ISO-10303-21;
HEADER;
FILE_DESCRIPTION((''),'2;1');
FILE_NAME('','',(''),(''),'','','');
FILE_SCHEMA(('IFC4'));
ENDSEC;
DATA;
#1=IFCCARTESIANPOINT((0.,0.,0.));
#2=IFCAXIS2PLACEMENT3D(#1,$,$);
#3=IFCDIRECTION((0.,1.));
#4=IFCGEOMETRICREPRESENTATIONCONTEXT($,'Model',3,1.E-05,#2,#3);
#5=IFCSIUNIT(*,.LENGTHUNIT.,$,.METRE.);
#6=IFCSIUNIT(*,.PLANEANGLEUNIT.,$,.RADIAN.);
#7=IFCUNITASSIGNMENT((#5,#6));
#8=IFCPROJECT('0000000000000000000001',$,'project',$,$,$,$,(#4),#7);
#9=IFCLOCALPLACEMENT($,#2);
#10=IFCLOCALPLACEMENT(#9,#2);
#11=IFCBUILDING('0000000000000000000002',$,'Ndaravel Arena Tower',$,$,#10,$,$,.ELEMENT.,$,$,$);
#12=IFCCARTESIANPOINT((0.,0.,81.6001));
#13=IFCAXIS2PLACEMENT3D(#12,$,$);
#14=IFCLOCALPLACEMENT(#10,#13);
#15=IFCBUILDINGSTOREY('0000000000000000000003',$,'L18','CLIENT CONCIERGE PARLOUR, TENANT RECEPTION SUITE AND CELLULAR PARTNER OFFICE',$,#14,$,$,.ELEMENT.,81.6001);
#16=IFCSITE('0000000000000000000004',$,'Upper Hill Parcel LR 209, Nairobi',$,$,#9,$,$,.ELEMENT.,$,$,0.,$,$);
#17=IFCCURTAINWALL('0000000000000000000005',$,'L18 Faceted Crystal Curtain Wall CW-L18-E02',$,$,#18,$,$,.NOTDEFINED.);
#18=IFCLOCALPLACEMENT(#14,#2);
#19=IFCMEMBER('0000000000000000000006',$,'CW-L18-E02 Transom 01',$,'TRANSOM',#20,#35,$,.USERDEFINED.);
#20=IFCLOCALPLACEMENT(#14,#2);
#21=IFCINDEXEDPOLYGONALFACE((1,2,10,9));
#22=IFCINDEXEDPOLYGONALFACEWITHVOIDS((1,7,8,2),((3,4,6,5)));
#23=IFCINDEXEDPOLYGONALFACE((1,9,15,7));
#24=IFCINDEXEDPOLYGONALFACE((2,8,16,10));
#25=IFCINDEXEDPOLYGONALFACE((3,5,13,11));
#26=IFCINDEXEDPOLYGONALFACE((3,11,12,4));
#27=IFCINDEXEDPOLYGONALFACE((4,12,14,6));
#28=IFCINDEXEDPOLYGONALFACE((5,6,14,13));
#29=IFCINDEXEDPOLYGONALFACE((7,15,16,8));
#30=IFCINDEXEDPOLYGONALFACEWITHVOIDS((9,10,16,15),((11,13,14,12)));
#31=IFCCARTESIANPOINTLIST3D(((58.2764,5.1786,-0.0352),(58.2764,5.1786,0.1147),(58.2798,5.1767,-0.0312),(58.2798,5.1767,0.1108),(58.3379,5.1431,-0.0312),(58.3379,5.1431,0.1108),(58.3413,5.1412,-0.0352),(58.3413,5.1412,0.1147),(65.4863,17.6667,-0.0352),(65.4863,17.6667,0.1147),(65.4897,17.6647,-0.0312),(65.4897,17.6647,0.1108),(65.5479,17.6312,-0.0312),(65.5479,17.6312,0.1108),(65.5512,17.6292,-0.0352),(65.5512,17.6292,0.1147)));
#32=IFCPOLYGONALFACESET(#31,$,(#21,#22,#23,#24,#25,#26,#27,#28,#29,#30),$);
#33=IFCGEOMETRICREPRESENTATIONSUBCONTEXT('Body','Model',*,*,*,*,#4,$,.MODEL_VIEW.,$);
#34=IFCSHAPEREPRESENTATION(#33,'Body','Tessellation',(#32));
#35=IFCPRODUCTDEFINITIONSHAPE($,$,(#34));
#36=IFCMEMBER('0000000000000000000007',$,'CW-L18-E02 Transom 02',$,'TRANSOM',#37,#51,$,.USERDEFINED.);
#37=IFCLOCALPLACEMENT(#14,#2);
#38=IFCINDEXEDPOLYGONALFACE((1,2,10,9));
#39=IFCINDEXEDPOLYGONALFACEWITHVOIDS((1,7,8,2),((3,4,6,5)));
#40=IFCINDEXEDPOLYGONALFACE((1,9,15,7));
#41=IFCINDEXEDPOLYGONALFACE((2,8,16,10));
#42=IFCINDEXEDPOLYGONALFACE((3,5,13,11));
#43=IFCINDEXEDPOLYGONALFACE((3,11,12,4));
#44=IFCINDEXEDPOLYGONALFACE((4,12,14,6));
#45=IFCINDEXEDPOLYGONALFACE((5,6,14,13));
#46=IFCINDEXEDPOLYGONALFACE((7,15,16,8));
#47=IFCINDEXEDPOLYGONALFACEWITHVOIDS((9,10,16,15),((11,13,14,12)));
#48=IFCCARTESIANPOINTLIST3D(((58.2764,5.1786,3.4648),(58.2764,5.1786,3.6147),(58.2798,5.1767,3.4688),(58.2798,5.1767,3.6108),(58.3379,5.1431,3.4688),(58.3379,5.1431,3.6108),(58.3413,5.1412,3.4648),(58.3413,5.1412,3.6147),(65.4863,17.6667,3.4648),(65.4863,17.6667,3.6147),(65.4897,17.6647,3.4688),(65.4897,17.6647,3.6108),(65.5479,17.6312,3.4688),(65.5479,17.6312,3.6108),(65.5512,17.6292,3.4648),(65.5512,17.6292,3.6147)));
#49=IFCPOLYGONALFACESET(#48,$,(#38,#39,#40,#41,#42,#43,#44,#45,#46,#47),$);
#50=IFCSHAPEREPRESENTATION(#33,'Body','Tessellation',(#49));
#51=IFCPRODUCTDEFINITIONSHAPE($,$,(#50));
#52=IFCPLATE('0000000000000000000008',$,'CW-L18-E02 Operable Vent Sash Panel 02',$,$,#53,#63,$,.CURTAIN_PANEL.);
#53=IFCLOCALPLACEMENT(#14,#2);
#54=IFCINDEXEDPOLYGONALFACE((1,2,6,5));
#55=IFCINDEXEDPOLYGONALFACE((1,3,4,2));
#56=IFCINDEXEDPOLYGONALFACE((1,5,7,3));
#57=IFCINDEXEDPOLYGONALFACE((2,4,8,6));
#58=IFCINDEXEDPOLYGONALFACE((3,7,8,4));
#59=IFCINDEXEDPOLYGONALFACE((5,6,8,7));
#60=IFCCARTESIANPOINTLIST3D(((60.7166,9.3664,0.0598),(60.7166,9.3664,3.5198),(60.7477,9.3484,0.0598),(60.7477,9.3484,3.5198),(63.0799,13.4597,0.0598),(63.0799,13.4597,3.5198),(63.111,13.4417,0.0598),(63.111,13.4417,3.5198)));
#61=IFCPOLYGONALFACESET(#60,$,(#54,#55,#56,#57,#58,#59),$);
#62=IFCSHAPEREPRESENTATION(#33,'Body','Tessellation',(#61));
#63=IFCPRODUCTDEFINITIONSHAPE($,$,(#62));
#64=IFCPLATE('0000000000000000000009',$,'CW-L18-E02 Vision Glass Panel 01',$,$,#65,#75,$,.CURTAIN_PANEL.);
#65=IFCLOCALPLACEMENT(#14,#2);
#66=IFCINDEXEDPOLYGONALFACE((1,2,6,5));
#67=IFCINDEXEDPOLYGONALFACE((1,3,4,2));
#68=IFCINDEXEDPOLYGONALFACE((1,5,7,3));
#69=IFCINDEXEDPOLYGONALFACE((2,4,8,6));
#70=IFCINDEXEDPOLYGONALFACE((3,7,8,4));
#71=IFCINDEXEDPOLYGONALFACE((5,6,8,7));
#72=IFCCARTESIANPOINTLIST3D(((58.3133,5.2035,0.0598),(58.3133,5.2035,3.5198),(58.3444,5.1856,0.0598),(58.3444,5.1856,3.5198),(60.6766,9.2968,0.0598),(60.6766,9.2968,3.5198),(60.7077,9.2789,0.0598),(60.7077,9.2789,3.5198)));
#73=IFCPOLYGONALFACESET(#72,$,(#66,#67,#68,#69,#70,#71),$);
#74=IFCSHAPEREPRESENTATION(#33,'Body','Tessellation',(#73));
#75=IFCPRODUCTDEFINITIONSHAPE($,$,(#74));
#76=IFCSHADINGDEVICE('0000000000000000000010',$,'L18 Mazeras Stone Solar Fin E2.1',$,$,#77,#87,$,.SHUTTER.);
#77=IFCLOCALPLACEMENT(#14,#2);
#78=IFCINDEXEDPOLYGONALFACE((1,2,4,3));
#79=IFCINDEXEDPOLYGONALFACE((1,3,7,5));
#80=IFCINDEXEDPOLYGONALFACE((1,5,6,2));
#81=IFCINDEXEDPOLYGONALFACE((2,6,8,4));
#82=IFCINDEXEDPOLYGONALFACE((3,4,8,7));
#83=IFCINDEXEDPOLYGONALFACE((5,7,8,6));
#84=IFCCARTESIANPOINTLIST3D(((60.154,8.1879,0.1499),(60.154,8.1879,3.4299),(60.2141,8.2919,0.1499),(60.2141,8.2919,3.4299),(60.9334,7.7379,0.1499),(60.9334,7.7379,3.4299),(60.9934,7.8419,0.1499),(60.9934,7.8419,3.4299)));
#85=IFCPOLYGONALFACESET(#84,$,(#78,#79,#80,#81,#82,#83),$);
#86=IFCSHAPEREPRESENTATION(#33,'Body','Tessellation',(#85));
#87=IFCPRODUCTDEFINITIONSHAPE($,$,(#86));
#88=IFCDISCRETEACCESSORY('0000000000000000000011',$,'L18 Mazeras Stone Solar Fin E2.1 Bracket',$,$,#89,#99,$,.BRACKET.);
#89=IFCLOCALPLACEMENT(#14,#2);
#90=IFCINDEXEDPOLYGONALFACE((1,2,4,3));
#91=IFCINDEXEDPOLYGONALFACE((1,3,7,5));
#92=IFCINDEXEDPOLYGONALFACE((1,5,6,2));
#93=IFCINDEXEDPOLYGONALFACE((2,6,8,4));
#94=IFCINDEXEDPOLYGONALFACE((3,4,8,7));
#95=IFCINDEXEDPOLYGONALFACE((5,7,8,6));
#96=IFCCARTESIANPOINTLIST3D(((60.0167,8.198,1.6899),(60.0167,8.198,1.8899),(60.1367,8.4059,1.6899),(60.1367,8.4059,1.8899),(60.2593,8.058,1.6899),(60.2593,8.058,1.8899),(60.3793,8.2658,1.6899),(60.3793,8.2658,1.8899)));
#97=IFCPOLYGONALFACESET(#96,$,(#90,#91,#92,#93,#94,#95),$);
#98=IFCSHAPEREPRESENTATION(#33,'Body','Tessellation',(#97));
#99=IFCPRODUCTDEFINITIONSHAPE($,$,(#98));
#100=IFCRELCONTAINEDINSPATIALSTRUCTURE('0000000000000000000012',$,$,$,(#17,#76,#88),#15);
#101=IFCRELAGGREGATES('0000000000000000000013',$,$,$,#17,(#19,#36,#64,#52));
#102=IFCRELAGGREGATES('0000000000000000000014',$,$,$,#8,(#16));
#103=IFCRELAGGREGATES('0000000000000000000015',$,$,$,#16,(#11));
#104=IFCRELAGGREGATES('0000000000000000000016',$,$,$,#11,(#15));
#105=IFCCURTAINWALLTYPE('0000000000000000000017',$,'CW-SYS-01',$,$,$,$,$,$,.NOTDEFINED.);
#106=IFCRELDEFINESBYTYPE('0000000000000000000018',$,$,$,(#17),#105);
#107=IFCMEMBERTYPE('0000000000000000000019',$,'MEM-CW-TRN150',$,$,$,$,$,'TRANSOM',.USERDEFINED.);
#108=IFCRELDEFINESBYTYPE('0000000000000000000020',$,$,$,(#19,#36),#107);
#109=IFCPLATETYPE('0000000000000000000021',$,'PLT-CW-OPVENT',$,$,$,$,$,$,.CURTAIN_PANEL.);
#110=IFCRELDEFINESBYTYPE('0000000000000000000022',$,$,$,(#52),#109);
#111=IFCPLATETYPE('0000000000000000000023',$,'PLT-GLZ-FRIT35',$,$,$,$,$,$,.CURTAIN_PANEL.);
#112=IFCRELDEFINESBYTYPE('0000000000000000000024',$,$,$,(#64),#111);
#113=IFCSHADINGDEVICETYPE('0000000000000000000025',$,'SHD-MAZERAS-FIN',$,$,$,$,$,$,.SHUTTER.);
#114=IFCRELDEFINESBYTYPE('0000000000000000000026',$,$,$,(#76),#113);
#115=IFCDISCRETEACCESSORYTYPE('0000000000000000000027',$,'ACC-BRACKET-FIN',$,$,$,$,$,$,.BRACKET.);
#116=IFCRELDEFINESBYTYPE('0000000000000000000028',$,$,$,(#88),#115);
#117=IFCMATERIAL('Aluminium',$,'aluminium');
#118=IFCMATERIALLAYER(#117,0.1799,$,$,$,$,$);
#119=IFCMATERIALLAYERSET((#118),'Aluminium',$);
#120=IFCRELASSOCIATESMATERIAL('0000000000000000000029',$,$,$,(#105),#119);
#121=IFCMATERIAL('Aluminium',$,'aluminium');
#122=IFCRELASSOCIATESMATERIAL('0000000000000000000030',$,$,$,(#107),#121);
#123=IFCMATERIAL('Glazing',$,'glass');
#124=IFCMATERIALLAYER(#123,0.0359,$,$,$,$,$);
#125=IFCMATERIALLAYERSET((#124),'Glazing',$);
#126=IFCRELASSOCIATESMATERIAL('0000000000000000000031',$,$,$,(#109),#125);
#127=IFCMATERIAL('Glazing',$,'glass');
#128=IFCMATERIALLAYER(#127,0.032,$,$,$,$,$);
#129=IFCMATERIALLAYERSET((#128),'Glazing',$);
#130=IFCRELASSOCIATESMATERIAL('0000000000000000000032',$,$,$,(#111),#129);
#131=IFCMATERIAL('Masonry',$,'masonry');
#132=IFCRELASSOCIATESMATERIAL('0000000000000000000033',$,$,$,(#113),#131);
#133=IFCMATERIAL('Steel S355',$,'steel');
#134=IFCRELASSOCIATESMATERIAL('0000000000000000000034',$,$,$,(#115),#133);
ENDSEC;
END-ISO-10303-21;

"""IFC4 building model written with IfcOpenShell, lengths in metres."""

from ifc_helpers import new_model, si_unit, direction, frame, origin, origin_2d, place, context, subcontext, project, spatial, rectangle, hollow_rectangle, extrude, material, layer, layer_set, material_profile, profile_set, type_object, element, aggregate, save


model = new_model("IFC4")

# Units and contexts
model_context = context("Model", 3, precision=1e-05, world=origin(), true_north=direction((0.0, 1.0)))
body_context = subcontext(model_context, "Body", "Model", "MODEL_VIEW")
ifc_project = project(units=[si_unit("LENGTHUNIT", "METRE"), si_unit("PLANEANGLEUNIT", "RADIAN")], contexts=[model_context])

# Site, building, storey
site_placement = place(None, origin())
site = spatial("IfcSite", under=ifc_project, at=site_placement, Name="Upper Hill Parcel LR 209, Nairobi", CompositionType="ELEMENT", RefElevation=0.0)
building_placement = place(site_placement, origin())
building = spatial("IfcBuilding", under=site, at=building_placement, Name="Ndaravel Arena Tower", CompositionType="ELEMENT")
storey_placement = place(building_placement, frame((0.0, 0.0, 81.6001)))
storey = spatial("IfcBuildingStorey", under=building, at=storey_placement, Name="L18", Description="CLIENT CONCIERGE PARLOUR, TENANT RECEPTION SUITE AND CELLULAR PARTNER OFFICE", CompositionType="ELEMENT", Elevation=81.6001)

# Curtain wall, members, plates
ifc_material_1 = material(Name="Aluminium", Category="aluminium")
ifc_layer_1 = layer(ifc_material_1, 0.1799)
ifc_layer_set_1 = layer_set([ifc_layer_1], Name="Aluminium")
curtain_wall_type = type_object("IfcCurtainWallType", Name="CW-SYS-01", PredefinedType="NOTDEFINED", material=ifc_layer_set_1)
curtain_wall_placement = place(storey_placement, origin())
curtain_wall = element("IfcCurtainWall", 1, at=curtain_wall_placement, inside=storey, type_object=curtain_wall_type, Name="L18 Faceted Crystal Curtain Wall CW-L18-E02", PredefinedType="NOTDEFINED")
ifc_material_2 = material(Name="Aluminium", Category="aluminium")
ifc_material_profile_1 = material_profile(ifc_material_2, hollow_rectangle(XDim=0.075, YDim=0.1499, WallThickness=0.0039, at=origin_2d()), Name="CW TRANSOM 75x150x4")
ifc_profile_set_1 = profile_set([ifc_material_profile_1], Name="Aluminium")
member_type_1 = type_object("IfcMemberType", Name="MEM-CW-TRN150", ElementType="TRANSOM", PredefinedType="USERDEFINED", material=ifc_profile_set_1)
member_1_placement = place(storey_placement, frame((58.3088, 5.1599, 0.0398), z_axis=(0.499999, 0.866026, 0.0), x_axis=(-0.866026, 0.499999, 0.0)))
member_1 = element("IfcMember", 2, at=member_1_placement, type_object=member_type_1, Name="CW-L18-E02 Transom 01", ObjectType="TRANSOM", PredefinedType="USERDEFINED", context=body_context, shape_type="SweptSolid", body=[
    extrude(hollow_rectangle(XDim=0.075, YDim=0.1499, WallThickness=0.0039, at=origin_2d()), origin(), (0.0, 0.0, 1.0), 14.4199),
])
member_2_placement = place(storey_placement, frame((58.3088, 5.1599, 3.5398), z_axis=(0.499999, 0.866026, 0.0), x_axis=(-0.866026, 0.499999, 0.0)))
member_2 = element("IfcMember", 3, at=member_2_placement, type_object=member_type_1, Name="CW-L18-E02 Transom 02", ObjectType="TRANSOM", PredefinedType="USERDEFINED", context=body_context, shape_type="SweptSolid", body=[
    extrude(hollow_rectangle(XDim=0.075, YDim=0.1499, WallThickness=0.0039, at=origin_2d()), origin(), (0.0, 0.0, 1.0), 14.4199),
])
ifc_material_3 = material(Name="Glazing", Category="glass")
ifc_layer_2 = layer(ifc_material_3, 0.0359)
ifc_layer_set_2 = layer_set([ifc_layer_2], Name="Glazing")
plate_type_1 = type_object("IfcPlateType", Name="PLT-CW-OPVENT", PredefinedType="CURTAIN_PANEL", material=ifc_layer_set_2)
plate_1_placement = place(storey_placement, frame((61.9138, 11.4041, 0.0598), z_axis=(0.0, 0.0, 1.0), x_axis=(0.5, 0.866025, 0.0)))
plate_1 = element("IfcPlate", 4, at=plate_1_placement, type_object=plate_type_1, Name="CW-L18-E02 Operable Vent Sash Panel 02", PredefinedType="CURTAIN_PANEL", context=body_context, shape_type="SweptSolid", body=[
    extrude(rectangle(XDim=4.7266, YDim=0.0359, at=origin_2d()), origin(), (0.0, 0.0, 1.0), 3.46),
])
ifc_material_4 = material(Name="Glazing", Category="glass")
ifc_layer_3 = layer(ifc_material_4, 0.032)
ifc_layer_set_3 = layer_set([ifc_layer_3], Name="Glazing")
plate_type_2 = type_object("IfcPlateType", Name="PLT-GLZ-FRIT35", PredefinedType="CURTAIN_PANEL", material=ifc_layer_set_3)
plate_2_placement = place(storey_placement, frame((59.5105, 7.2412, 0.0598), z_axis=(0.0, 0.0, 1.0), x_axis=(0.5, 0.866025, 0.0)))
plate_2 = element("IfcPlate", 5, at=plate_2_placement, type_object=plate_type_2, Name="CW-L18-E02 Vision Glass Panel 01", PredefinedType="CURTAIN_PANEL", context=body_context, shape_type="SweptSolid", body=[
    extrude(rectangle(XDim=4.7266, YDim=0.0359, at=origin_2d()), origin(), (0.0, 0.0, 1.0), 3.46),
])
aggregate(curtain_wall, [member_1, member_2, plate_2, plate_1])

# Shading device
ifc_material_5 = material(Name="Masonry", Category="masonry")
shading_device_type = type_object("IfcShadingDeviceType", Name="SHD-MAZERAS-FIN", PredefinedType="SHUTTER", material=ifc_material_5)
shading_device_placement = place(storey_placement, frame((60.5737, 8.0149, 0.1499), z_axis=(0.0, 0.0, 1.0), x_axis=(0.866025, -0.5, 0.0)))
element("IfcShadingDevice", 6, at=shading_device_placement, inside=storey, type_object=shading_device_type, Name="L18 Mazeras Stone Solar Fin E2.1", PredefinedType="SHUTTER", context=body_context, shape_type="SweptSolid", body=[
    extrude(rectangle(XDim=0.8999, YDim=0.1201, at=origin_2d()), origin(), (0.0, 0.0, 1.0), 3.28),
])

# Discrete accessory
ifc_material_6 = material(Name="Steel S355", Category="steel")
discrete_accessory_type = type_object("IfcDiscreteAccessoryType", Name="ACC-BRACKET-FIN", PredefinedType="BRACKET", material=ifc_material_6)
discrete_accessory_placement = place(storey_placement, frame((60.198, 8.2319, 1.6899), z_axis=(0.0, 0.0, 1.0), x_axis=(0.866025, -0.5, 0.0)))
element("IfcDiscreteAccessory", 7, at=discrete_accessory_placement, inside=storey, type_object=discrete_accessory_type, Name="L18 Mazeras Stone Solar Fin E2.1 Bracket", PredefinedType="BRACKET", context=body_context, shape_type="SweptSolid", body=[
    extrude(rectangle(XDim=0.28, YDim=0.24, at=origin_2d()), origin(), (0.0, 0.0, 1.0), 0.2),
])

save(model, "model.ifc")
